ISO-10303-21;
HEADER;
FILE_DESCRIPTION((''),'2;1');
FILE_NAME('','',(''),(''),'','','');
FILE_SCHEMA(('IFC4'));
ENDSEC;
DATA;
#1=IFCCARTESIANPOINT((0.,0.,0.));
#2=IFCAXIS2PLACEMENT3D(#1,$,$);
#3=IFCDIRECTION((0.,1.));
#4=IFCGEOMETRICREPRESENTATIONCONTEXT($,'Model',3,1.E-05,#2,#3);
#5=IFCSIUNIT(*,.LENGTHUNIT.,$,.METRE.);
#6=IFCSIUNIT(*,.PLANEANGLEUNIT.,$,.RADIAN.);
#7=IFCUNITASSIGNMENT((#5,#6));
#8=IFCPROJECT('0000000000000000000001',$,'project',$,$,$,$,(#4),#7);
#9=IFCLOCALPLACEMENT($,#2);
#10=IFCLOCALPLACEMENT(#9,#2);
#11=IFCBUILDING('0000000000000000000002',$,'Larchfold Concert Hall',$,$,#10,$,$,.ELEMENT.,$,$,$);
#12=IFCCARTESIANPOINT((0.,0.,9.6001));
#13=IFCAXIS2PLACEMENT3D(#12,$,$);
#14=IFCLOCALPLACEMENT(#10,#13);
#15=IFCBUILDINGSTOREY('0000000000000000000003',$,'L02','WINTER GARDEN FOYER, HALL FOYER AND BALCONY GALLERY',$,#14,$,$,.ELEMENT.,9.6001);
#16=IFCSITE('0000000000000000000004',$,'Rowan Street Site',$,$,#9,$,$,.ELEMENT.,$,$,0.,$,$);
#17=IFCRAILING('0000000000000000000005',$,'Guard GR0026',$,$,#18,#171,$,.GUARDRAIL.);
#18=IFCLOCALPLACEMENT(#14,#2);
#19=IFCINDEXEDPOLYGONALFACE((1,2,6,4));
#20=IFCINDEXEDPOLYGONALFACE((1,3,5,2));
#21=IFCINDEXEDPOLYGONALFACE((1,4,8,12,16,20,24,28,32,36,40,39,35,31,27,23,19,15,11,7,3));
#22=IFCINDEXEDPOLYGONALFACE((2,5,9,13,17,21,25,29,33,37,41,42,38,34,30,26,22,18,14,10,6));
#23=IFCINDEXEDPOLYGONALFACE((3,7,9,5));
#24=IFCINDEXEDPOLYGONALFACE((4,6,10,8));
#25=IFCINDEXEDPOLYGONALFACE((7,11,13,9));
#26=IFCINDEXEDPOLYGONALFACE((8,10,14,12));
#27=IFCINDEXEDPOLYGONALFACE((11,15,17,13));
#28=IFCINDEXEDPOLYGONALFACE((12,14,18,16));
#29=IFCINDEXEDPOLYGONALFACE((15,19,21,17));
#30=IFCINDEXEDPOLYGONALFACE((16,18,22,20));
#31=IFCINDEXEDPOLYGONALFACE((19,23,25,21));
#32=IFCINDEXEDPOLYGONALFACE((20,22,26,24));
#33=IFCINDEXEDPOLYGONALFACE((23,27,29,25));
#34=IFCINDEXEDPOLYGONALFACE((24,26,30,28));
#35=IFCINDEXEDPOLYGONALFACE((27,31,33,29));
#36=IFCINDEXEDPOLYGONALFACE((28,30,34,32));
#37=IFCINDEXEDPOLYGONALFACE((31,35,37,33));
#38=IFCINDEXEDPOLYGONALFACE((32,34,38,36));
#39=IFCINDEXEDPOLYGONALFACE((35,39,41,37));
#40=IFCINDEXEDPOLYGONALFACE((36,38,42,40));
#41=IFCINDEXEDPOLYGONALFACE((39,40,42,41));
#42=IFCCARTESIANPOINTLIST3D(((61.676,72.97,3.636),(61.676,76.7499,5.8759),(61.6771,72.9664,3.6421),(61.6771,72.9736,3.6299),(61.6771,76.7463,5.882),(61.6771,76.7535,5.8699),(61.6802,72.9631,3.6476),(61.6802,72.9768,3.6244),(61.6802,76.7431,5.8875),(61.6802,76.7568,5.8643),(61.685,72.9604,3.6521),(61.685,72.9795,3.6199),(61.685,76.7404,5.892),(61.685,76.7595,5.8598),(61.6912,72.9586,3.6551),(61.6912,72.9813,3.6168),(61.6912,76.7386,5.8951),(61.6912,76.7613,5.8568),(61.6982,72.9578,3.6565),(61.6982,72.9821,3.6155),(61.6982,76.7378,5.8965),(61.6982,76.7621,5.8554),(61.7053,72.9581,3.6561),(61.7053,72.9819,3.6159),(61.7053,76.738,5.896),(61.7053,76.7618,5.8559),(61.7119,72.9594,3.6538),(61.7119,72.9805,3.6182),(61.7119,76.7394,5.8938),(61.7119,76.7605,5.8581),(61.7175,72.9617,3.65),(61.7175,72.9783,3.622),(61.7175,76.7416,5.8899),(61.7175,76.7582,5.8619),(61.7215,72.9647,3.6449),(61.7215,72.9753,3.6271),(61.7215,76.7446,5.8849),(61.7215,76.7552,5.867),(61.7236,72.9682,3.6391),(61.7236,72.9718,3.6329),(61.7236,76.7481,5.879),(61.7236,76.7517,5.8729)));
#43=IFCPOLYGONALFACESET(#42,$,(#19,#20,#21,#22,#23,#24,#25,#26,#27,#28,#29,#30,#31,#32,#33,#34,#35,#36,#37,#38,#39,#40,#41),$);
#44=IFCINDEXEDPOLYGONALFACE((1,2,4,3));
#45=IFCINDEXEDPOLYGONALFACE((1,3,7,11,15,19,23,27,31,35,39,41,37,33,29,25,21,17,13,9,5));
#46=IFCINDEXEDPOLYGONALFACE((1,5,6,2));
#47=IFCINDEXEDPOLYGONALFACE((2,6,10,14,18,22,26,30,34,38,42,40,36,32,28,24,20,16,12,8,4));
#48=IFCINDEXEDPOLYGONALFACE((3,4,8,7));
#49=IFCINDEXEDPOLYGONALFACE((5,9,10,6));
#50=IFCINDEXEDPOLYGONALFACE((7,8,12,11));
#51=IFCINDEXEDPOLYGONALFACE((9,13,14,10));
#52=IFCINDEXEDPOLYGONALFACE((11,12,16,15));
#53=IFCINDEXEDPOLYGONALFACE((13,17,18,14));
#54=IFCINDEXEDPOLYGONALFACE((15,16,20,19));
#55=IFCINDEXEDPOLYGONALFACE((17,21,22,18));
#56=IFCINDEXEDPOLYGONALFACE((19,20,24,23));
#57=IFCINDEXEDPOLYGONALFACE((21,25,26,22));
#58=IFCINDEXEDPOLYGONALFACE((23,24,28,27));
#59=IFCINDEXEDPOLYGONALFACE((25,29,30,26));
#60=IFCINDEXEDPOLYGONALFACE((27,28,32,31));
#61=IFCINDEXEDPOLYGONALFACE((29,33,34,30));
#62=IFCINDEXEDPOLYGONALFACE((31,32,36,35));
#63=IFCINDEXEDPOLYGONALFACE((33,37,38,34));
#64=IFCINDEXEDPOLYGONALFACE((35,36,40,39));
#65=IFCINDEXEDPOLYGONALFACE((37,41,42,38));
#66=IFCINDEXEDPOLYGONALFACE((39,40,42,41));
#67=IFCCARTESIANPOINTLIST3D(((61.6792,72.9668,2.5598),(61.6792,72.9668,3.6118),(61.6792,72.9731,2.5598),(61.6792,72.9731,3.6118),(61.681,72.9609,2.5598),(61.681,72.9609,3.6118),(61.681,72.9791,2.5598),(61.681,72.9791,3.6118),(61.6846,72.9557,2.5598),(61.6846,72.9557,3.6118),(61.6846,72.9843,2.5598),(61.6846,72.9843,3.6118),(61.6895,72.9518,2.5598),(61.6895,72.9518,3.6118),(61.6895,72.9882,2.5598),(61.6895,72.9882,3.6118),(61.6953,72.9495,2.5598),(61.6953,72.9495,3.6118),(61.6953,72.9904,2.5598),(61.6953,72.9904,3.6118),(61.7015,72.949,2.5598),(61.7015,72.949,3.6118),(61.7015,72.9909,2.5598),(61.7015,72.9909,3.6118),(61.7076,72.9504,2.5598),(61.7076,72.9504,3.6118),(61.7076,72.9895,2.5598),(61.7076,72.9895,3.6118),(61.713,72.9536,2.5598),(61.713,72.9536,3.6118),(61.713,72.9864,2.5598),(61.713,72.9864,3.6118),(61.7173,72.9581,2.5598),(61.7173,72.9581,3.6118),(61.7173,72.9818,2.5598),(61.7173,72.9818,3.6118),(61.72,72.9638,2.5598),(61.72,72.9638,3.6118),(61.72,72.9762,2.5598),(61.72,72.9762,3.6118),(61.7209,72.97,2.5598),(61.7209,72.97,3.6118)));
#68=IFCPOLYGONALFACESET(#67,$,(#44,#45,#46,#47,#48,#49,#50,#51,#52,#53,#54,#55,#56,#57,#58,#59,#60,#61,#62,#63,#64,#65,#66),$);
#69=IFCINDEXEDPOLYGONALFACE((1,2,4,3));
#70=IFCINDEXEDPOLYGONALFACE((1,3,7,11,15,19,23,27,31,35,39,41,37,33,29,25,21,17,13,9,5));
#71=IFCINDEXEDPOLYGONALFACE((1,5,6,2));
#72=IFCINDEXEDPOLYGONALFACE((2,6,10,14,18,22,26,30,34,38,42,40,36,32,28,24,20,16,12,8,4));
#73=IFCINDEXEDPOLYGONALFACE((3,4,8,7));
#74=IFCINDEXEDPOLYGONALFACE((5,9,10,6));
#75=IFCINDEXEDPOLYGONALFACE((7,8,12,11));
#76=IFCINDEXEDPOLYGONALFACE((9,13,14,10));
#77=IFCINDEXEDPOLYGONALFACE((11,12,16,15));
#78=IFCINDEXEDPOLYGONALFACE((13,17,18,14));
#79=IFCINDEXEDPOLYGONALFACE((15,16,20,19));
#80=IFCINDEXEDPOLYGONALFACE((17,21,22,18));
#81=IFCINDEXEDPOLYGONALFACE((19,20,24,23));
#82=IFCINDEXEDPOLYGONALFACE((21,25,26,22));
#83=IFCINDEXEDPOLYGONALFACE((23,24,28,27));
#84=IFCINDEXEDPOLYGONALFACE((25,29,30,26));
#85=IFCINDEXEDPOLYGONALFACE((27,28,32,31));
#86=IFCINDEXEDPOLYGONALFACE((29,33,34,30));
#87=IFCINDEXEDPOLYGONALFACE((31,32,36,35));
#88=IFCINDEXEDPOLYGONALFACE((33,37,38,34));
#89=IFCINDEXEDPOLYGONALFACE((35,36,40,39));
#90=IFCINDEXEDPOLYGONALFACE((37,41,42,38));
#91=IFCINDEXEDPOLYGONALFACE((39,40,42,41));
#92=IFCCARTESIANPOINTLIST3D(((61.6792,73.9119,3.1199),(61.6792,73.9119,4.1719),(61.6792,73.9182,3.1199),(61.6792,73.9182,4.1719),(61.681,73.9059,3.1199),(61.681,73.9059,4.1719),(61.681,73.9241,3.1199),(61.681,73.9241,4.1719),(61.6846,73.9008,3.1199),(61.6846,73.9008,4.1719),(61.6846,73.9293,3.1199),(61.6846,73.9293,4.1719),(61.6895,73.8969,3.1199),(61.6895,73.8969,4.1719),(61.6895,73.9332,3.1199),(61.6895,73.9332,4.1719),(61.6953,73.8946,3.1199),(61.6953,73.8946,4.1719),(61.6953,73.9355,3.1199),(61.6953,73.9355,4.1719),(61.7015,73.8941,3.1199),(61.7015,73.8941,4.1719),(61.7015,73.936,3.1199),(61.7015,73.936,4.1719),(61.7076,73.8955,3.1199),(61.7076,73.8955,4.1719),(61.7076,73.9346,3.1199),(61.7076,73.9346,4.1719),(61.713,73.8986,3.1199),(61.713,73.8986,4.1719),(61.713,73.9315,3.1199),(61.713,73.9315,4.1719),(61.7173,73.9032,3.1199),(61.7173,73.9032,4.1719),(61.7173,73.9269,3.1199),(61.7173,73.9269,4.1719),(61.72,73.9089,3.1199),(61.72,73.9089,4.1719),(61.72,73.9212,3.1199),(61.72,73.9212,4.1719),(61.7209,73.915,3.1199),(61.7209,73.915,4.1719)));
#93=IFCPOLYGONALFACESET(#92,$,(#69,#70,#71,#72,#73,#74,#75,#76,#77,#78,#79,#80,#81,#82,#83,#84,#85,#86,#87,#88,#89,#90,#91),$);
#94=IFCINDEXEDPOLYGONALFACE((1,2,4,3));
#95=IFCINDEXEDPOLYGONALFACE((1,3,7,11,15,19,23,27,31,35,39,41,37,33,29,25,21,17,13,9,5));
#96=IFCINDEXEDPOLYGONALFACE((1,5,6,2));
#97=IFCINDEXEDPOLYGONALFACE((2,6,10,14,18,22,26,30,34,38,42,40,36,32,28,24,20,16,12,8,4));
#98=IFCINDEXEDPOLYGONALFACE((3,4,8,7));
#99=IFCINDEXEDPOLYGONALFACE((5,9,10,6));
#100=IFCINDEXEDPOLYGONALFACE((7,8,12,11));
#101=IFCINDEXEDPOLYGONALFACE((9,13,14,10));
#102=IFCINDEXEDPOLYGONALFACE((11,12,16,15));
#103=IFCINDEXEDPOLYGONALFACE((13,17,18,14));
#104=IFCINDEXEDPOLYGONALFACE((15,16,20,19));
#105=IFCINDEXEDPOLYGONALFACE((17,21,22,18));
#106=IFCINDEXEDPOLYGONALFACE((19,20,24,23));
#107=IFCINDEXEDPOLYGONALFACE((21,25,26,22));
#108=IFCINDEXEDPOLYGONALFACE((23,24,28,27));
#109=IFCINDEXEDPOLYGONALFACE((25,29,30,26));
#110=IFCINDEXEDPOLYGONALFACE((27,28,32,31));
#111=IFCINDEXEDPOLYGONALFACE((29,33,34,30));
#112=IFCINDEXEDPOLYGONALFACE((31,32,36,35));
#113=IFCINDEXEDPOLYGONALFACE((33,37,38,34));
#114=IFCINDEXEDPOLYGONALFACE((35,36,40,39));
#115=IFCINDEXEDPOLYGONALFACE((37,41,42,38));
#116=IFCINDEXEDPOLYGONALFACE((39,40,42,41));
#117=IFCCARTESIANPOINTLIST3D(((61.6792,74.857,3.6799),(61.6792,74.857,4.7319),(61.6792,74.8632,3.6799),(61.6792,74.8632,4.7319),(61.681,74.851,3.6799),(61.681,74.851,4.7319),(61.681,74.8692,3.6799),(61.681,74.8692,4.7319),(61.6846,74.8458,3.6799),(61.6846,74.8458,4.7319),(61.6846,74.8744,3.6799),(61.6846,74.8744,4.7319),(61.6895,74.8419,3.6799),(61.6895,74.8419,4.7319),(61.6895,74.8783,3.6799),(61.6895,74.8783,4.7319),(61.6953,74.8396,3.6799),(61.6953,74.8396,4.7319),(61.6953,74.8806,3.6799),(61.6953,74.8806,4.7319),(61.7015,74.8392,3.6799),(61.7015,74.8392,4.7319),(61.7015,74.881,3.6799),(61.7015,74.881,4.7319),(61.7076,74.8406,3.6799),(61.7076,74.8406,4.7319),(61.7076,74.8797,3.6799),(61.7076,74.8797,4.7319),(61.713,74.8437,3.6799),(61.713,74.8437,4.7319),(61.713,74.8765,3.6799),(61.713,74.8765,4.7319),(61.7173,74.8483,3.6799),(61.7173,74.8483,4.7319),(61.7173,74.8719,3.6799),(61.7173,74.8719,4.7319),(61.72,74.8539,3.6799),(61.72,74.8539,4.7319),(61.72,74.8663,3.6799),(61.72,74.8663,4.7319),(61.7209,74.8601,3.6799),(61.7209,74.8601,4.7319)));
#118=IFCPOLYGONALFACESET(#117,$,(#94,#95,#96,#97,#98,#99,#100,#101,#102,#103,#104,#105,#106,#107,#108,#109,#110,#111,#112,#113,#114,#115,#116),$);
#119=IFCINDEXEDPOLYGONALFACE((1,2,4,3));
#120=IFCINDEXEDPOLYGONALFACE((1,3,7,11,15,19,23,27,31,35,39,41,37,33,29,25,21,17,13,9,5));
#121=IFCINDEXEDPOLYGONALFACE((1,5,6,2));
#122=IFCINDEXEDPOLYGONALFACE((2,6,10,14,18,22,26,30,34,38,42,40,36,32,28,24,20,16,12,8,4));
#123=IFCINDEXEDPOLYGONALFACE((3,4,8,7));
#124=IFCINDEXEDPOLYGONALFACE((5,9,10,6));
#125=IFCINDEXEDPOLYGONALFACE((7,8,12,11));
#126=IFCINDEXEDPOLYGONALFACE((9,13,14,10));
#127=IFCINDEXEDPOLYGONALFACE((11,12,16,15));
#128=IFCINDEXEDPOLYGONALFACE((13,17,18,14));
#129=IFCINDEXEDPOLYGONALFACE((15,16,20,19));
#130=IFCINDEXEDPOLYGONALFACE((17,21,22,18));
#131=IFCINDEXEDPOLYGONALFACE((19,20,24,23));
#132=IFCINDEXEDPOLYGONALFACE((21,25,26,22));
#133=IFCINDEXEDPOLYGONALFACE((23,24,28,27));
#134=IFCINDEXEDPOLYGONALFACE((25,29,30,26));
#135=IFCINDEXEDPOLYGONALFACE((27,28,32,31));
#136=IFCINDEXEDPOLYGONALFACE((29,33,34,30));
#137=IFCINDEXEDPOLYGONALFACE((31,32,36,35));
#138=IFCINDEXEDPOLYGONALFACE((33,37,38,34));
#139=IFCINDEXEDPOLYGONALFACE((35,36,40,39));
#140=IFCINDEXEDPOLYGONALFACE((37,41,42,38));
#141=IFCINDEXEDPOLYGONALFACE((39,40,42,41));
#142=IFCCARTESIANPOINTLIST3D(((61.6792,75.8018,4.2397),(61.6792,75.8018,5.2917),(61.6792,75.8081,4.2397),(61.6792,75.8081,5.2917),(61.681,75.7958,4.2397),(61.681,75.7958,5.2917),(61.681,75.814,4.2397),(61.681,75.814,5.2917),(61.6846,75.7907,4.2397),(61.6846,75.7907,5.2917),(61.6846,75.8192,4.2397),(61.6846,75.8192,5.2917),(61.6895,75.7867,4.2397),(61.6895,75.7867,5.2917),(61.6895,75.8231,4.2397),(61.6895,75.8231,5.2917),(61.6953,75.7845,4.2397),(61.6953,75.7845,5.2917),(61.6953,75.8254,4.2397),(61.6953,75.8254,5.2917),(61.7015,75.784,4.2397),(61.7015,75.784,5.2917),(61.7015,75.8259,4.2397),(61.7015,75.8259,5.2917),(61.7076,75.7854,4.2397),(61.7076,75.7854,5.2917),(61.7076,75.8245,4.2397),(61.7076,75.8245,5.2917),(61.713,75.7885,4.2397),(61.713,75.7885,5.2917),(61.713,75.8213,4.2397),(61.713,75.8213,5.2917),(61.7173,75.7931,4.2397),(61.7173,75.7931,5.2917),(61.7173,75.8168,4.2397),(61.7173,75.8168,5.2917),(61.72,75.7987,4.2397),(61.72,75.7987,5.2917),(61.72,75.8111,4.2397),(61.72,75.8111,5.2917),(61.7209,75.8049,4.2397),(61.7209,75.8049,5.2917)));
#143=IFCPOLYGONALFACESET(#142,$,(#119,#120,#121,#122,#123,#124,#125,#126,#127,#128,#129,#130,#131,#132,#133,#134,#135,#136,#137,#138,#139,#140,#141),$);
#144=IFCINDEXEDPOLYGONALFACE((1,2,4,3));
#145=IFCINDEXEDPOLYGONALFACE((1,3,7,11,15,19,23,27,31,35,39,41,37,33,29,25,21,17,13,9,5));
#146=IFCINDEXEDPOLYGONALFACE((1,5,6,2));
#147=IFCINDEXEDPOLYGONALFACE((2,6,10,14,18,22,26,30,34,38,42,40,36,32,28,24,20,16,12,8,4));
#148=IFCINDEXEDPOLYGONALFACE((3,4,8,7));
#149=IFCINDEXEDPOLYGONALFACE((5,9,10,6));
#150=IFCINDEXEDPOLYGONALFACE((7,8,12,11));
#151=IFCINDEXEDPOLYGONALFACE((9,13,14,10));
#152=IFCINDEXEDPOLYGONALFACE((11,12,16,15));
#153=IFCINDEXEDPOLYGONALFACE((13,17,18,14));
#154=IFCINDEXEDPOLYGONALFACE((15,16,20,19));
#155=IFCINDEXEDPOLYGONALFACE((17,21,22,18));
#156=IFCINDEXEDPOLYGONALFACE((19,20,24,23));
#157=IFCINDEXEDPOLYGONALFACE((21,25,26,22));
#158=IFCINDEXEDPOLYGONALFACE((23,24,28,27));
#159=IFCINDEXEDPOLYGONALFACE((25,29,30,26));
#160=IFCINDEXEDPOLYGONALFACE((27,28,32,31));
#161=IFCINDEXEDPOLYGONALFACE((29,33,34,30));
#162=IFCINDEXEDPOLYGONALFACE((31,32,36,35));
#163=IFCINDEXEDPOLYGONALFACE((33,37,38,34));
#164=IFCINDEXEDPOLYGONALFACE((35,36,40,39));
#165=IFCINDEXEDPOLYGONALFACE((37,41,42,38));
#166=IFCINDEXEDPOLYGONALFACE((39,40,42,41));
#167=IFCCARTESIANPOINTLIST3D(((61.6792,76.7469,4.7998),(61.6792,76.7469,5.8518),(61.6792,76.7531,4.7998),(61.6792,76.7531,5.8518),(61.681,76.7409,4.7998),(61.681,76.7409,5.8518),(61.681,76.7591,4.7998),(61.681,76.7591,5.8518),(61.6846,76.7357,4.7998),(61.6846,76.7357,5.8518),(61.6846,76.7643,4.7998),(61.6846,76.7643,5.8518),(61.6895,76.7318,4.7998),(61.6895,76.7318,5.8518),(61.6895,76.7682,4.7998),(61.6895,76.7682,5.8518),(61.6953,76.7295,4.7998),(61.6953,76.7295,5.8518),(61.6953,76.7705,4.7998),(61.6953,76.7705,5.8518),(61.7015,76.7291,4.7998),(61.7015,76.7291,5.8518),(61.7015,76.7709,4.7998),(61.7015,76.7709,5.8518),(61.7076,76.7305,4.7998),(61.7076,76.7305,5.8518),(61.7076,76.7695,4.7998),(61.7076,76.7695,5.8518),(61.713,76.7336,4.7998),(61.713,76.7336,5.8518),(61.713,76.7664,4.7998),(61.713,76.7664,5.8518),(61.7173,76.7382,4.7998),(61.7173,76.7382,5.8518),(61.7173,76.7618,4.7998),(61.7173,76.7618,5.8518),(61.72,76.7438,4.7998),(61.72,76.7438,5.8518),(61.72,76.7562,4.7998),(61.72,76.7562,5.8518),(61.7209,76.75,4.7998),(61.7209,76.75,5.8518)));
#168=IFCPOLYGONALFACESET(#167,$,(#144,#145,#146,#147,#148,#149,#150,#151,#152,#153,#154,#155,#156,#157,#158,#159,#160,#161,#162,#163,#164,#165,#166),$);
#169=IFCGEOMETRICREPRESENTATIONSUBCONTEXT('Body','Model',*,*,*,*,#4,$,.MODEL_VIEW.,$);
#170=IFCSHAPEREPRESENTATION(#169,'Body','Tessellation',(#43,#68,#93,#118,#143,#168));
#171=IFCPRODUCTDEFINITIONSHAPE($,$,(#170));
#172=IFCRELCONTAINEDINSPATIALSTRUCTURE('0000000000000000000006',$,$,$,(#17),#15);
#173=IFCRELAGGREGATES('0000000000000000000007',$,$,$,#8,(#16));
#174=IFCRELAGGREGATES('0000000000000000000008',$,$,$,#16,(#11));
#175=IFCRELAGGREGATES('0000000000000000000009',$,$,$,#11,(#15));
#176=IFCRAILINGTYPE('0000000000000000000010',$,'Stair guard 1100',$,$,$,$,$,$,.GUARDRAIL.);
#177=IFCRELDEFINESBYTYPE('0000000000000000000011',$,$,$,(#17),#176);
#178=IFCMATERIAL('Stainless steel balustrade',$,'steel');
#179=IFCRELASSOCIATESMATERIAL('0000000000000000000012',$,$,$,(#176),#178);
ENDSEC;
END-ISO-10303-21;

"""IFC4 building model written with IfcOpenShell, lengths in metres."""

from ifc_helpers import new_model, si_unit, direction, frame, origin, origin_2d, place, context, subcontext, project, spatial, circle, extrude, material, type_object, element, save


model = new_model("IFC4")

# Units and contexts
model_context = context("Model", 3, precision=1e-05, world=origin(), true_north=direction((0.0, 1.0)))
body_context = subcontext(model_context, "Body", "Model", "MODEL_VIEW")
ifc_project = project(units=[si_unit("LENGTHUNIT", "METRE"), si_unit("PLANEANGLEUNIT", "RADIAN")], contexts=[model_context])

# Site, building, storey
site_placement = place(None, origin())
site = spatial("IfcSite", under=ifc_project, at=site_placement, Name="Rowan Street Site", CompositionType="ELEMENT", RefElevation=0.0)
building_placement = place(site_placement, origin())
building = spatial("IfcBuilding", under=site, at=building_placement, Name="Larchfold Concert Hall", CompositionType="ELEMENT")
storey_placement = place(building_placement, frame((0.0, 0.0, 9.6001)))
storey = spatial("IfcBuildingStorey", under=building, at=storey_placement, Name="L02", Description="WINTER GARDEN FOYER, HALL FOYER AND BALCONY GALLERY", CompositionType="ELEMENT", Elevation=9.6001)

# Railing
ifc_material_1 = material(Name="Stainless steel balustrade", Category="steel")
railing_type_1 = type_object("IfcRailingType", Name="Stair guard 1100", PredefinedType="GUARDRAIL", material=ifc_material_1)
railing_1_placement = place(storey_placement, frame((61.7, 72.97, 2.5598)))
element("IfcRailing", 1, at=railing_1_placement, inside=storey, type_object=railing_type_1, Name="Guard GR0026", PredefinedType="GUARDRAIL", context=body_context, shape_type="SweptSolid", body=[
    extrude(circle(Radius=0.0239, at=origin_2d()), frame((0.0, 0.0, 1.0762), z_axis=(0.0, 0.860294, 0.509798), x_axis=(-1.0, 0.0, 0.0)), (0.0, 0.0, 1.0), 4.3938),
    extrude(circle(Radius=0.021, at=origin_2d()), origin(), (0.0, 0.0, 1.0), 1.052),
    extrude(circle(Radius=0.021, at=origin_2d()), frame((0.0, 0.9451, 0.5601)), (0.0, 0.0, 1.0), 1.052),
    extrude(circle(Radius=0.021, at=origin_2d()), frame((0.0, 1.8901, 1.1201)), (0.0, 0.0, 1.0), 1.052),
    extrude(circle(Radius=0.021, at=origin_2d()), frame((0.0, 2.835, 1.6799)), (0.0, 0.0, 1.0), 1.052),
    extrude(circle(Radius=0.021, at=origin_2d()), frame((0.0, 3.78, 2.24)), (0.0, 0.0, 1.0), 1.052),
])

save(model, "model.ifc")
